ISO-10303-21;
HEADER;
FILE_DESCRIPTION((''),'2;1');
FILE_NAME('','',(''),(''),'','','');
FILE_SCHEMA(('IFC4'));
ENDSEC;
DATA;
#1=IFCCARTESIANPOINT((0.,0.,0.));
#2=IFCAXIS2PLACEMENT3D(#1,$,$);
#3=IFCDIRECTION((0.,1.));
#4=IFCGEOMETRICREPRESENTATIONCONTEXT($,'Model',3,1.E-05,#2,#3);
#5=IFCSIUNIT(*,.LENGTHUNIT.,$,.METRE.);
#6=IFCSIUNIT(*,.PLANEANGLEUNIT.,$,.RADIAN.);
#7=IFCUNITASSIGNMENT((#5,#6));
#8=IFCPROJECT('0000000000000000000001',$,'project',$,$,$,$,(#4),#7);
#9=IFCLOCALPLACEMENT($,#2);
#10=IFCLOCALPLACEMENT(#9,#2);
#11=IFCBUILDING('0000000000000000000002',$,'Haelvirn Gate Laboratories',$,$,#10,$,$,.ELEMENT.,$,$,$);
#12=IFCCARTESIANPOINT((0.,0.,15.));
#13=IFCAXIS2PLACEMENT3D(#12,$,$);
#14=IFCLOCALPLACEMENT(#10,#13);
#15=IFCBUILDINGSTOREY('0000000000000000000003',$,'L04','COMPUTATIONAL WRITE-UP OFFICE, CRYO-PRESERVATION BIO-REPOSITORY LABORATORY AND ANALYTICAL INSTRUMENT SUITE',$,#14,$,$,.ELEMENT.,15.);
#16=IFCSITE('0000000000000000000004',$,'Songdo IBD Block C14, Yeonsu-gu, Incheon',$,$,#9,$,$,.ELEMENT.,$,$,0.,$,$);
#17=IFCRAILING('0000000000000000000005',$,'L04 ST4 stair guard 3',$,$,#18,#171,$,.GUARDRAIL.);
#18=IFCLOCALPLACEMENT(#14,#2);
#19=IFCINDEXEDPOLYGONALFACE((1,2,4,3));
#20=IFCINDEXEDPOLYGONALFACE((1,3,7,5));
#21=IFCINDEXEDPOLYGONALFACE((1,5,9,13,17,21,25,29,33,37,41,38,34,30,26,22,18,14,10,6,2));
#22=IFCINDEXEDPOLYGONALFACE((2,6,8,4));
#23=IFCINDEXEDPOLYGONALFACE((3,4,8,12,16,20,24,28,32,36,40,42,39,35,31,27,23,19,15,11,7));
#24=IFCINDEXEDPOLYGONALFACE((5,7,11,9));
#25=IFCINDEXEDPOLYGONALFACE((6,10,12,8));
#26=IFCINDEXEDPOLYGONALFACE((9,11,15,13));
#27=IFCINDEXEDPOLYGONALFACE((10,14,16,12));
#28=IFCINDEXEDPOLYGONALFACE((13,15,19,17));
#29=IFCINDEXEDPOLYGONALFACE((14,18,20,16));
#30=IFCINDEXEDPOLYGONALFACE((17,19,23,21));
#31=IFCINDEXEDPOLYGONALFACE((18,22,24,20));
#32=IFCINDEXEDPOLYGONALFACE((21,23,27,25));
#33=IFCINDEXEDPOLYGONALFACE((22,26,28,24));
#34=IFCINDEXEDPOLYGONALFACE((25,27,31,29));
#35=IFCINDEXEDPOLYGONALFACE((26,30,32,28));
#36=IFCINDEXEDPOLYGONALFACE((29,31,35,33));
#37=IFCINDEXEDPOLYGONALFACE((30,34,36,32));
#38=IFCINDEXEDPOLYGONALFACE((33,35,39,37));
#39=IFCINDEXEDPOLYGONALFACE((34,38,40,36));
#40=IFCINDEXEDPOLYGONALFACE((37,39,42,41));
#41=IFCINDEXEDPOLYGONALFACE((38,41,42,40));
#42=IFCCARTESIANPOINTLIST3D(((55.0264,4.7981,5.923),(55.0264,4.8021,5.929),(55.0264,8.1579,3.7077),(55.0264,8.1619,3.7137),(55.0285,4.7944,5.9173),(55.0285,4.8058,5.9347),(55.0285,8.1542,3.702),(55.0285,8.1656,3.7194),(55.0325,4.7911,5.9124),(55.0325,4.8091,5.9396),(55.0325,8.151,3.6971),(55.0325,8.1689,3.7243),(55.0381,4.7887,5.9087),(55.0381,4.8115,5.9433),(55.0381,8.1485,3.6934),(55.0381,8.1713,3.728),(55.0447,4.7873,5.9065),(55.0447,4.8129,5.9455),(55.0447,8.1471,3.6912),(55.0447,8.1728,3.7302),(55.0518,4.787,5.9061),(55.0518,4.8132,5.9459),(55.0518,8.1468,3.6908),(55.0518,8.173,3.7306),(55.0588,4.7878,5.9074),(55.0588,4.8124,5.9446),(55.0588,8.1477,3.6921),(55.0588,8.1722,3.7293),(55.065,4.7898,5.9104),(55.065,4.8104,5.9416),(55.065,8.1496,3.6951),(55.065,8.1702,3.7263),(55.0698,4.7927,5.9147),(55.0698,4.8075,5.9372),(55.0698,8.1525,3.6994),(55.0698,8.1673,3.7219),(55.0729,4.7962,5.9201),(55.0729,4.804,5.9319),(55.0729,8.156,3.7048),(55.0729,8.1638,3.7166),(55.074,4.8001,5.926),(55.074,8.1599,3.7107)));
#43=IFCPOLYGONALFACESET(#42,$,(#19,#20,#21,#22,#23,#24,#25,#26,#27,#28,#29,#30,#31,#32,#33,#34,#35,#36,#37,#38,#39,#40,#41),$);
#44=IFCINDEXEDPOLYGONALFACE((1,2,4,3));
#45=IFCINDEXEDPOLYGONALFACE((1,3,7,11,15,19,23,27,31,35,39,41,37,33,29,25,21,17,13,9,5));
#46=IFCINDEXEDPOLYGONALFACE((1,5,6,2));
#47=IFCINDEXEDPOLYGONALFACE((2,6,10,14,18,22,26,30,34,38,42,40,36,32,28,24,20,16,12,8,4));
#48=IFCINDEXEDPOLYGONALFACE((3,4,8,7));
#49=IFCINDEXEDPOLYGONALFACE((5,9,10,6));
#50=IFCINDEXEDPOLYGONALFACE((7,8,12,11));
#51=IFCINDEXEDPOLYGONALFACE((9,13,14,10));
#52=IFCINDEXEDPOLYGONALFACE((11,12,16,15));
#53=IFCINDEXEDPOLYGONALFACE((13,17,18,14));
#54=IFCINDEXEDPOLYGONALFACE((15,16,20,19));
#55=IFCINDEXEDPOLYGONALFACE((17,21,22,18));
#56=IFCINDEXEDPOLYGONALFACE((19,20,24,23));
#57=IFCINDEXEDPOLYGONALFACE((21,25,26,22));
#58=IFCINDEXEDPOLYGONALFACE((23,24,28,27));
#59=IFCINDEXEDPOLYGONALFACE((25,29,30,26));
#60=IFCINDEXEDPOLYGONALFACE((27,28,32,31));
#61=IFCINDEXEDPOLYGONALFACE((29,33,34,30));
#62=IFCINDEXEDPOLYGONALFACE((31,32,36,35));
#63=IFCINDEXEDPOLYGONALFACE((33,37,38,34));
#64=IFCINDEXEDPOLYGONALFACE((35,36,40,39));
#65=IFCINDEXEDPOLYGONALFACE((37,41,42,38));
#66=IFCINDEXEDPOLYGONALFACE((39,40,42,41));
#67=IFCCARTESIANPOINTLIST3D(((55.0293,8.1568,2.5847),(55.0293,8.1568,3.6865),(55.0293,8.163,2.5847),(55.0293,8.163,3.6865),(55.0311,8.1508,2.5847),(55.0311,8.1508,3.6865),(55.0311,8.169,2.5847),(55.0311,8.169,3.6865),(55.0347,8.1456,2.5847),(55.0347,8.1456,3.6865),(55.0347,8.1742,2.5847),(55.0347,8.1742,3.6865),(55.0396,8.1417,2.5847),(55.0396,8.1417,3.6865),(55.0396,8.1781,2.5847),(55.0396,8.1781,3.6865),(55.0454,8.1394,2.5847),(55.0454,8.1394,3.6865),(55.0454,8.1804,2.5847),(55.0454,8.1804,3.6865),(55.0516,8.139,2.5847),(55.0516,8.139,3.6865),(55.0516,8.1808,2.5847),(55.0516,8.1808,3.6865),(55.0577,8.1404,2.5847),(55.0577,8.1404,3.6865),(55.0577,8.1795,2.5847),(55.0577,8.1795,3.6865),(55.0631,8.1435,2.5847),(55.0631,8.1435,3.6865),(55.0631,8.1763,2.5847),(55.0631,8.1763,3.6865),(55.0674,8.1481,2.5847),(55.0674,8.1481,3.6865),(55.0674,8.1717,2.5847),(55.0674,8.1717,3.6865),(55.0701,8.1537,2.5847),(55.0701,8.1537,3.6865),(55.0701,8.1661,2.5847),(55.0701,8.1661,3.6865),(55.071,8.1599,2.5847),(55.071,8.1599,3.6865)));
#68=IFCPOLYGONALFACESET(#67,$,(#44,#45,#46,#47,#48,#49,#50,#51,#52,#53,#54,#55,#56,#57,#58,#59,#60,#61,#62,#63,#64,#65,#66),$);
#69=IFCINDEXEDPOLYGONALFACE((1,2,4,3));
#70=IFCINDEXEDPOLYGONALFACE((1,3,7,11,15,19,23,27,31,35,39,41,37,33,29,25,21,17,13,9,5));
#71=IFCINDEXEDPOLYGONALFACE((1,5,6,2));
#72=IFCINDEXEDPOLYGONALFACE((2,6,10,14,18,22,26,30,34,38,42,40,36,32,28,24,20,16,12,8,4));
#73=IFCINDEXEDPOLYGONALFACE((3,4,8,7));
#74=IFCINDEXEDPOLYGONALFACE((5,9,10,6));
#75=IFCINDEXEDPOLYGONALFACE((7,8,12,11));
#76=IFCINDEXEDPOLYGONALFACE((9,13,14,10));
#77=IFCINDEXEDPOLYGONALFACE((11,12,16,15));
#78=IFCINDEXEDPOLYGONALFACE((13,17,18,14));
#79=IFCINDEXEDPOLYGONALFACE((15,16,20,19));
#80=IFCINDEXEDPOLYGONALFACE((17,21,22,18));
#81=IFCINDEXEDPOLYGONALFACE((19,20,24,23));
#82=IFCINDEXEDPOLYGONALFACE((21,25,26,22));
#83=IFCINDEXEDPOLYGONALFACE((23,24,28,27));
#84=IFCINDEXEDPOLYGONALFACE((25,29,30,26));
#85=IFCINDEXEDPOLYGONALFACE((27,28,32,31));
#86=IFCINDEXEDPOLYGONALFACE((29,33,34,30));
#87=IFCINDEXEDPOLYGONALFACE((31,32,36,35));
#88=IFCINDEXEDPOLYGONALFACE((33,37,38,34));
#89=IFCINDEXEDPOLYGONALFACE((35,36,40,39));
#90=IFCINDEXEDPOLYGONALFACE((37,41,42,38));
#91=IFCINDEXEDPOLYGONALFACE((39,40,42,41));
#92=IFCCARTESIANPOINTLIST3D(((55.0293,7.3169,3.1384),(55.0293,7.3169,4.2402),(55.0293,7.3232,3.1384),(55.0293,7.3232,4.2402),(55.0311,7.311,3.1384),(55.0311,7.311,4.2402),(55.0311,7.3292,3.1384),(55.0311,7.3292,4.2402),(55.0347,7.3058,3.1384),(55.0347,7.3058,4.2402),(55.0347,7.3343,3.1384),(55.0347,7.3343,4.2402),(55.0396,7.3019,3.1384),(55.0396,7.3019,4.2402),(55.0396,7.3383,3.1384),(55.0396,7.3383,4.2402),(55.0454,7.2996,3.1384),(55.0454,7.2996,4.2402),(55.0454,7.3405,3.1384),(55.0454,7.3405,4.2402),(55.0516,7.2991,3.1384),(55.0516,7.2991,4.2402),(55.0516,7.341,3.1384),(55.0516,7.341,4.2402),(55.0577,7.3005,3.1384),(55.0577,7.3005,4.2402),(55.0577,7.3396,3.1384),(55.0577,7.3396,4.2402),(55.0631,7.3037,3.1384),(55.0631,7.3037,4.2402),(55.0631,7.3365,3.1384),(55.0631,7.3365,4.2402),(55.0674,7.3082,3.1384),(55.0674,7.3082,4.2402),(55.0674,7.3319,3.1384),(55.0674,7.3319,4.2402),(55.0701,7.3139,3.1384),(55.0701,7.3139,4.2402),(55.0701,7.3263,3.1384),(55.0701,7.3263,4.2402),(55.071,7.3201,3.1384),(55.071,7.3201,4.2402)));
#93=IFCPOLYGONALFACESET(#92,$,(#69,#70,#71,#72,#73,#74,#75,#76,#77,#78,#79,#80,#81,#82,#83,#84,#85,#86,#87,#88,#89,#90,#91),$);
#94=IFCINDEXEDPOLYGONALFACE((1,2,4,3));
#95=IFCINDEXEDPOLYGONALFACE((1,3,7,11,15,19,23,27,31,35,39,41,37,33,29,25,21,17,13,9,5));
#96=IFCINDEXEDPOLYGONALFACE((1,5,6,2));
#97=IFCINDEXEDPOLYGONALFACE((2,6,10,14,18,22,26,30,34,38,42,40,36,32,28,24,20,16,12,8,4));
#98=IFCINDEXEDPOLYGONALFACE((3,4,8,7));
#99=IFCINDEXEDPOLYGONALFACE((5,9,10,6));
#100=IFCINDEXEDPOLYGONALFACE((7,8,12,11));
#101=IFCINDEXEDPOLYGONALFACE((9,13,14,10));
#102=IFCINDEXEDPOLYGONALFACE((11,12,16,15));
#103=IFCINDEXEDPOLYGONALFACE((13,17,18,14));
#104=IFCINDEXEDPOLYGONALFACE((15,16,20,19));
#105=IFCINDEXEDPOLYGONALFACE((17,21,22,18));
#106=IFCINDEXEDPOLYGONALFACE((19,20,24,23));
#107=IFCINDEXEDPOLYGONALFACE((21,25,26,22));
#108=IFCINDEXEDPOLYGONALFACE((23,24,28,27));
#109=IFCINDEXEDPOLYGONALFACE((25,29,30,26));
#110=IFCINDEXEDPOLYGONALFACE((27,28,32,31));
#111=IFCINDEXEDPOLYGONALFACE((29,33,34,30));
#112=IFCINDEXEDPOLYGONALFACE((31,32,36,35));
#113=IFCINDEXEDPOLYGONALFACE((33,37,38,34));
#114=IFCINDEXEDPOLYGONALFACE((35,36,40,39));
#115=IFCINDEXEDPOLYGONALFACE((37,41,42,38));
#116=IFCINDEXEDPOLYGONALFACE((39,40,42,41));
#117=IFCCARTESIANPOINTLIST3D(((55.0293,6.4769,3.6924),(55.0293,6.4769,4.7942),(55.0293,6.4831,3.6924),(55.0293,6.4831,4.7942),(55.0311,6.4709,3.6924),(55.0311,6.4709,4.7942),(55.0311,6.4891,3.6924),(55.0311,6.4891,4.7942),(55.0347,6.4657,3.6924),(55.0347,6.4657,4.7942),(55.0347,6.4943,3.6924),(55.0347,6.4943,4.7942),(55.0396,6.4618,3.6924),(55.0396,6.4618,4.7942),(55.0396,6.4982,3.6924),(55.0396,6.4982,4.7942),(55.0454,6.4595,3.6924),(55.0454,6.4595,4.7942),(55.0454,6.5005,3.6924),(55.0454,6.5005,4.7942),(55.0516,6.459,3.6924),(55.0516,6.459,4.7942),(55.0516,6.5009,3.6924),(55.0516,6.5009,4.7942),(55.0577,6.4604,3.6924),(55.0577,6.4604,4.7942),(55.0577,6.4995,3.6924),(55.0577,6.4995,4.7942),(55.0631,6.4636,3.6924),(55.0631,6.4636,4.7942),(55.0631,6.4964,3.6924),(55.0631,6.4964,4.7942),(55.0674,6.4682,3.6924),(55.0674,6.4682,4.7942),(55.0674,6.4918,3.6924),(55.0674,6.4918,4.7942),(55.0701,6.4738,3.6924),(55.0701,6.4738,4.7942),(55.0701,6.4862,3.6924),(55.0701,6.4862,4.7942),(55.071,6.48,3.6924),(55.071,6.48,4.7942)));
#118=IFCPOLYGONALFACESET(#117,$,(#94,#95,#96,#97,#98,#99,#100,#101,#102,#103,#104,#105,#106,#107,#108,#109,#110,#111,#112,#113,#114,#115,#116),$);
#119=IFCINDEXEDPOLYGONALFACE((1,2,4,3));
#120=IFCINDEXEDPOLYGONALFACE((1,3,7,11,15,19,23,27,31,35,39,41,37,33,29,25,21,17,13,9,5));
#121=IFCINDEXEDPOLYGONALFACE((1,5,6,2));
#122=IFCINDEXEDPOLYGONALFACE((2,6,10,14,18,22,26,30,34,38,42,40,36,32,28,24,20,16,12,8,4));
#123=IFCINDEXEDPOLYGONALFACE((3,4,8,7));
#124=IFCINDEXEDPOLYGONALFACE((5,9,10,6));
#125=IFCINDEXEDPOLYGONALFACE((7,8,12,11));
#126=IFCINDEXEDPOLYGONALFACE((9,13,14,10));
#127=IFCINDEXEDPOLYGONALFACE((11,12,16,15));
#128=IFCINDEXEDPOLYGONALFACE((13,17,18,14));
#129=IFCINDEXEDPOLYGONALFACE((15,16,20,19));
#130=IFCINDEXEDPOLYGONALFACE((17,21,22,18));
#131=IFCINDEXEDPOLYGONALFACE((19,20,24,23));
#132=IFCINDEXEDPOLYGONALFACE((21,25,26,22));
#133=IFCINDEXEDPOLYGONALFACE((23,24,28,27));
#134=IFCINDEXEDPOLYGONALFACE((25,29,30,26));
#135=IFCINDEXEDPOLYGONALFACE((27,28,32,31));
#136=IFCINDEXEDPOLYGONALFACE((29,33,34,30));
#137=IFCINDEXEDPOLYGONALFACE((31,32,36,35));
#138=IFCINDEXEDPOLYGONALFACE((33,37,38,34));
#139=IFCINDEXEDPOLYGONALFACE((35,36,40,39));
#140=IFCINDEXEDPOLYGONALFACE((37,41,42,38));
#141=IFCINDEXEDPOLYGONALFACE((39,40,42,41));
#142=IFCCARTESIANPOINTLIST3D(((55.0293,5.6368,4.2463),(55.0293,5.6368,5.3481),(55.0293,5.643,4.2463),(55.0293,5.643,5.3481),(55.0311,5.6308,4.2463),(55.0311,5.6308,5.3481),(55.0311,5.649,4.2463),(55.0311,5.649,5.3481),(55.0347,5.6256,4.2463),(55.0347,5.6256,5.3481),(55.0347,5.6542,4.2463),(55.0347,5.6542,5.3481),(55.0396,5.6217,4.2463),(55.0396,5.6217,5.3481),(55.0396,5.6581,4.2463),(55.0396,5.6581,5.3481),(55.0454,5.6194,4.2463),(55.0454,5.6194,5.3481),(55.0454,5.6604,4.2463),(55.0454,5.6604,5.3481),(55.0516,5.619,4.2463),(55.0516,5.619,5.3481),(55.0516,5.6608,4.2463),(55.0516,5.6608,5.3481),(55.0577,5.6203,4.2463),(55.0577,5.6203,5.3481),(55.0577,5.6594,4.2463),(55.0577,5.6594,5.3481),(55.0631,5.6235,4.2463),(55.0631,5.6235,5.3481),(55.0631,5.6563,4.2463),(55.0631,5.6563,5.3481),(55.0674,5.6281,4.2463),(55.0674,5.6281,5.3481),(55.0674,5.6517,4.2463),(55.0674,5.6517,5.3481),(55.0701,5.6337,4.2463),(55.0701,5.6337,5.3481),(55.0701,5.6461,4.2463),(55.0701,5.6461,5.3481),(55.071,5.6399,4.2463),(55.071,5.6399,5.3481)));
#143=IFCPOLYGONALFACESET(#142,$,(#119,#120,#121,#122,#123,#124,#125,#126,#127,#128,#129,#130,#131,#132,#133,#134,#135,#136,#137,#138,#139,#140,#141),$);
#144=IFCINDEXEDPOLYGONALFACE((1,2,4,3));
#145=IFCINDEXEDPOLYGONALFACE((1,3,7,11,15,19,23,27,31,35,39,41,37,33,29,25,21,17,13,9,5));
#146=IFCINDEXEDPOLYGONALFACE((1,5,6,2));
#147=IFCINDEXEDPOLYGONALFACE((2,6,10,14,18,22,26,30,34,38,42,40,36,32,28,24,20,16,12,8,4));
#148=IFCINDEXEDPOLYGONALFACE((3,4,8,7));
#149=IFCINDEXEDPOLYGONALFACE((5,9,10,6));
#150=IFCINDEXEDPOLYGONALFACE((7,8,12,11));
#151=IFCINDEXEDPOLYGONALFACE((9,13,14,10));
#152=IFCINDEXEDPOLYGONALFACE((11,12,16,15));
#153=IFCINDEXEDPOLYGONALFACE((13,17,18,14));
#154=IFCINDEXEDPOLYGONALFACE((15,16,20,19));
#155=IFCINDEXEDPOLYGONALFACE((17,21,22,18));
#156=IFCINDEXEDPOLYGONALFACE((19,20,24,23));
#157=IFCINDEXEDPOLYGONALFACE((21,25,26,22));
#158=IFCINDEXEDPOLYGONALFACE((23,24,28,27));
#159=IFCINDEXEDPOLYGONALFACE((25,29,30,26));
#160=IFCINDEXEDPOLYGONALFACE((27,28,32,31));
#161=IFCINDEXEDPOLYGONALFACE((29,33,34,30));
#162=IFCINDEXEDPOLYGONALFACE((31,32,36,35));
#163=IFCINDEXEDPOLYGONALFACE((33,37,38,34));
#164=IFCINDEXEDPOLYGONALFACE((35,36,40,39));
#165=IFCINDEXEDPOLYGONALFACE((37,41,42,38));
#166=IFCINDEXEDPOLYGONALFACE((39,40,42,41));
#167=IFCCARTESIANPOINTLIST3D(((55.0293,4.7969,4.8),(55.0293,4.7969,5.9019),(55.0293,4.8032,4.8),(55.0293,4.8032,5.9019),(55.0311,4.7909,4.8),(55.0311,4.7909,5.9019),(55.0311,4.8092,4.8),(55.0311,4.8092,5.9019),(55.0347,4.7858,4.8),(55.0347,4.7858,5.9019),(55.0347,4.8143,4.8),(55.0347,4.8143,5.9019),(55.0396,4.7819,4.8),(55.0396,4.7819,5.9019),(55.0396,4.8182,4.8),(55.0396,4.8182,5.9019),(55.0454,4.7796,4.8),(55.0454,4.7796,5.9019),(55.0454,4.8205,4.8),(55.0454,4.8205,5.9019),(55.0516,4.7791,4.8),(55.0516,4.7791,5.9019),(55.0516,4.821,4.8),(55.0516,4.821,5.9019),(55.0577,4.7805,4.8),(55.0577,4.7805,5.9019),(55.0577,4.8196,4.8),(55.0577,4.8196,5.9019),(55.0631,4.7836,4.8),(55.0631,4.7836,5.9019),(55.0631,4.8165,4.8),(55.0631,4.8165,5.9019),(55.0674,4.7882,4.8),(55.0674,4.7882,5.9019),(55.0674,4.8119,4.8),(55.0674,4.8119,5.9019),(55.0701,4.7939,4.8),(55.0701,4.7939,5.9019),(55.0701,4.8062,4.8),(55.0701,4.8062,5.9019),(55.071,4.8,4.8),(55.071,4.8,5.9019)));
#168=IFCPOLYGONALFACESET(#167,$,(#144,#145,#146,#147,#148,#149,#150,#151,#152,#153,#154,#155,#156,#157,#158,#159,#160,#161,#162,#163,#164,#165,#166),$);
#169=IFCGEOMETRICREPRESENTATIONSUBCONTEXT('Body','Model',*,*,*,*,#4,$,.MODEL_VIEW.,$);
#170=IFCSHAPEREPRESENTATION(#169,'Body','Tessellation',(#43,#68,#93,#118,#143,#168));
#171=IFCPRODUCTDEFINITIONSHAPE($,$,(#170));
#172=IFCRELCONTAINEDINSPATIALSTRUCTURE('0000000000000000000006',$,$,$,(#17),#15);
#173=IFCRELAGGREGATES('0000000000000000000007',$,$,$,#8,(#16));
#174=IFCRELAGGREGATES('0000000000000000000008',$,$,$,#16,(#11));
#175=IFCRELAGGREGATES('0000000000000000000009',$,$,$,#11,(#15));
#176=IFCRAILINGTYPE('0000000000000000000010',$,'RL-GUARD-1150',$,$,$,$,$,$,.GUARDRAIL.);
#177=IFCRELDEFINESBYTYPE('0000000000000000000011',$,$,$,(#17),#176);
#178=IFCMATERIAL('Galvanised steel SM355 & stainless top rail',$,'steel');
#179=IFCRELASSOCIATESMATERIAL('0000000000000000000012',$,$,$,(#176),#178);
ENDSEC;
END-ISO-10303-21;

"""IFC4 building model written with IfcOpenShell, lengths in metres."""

from ifc_helpers import new_model, si_unit, direction, frame, origin, origin_2d, place, context, subcontext, project, spatial, circle, extrude, source, transform, mapped, material, type_object, element, save


model = new_model("IFC4")

# Units and contexts
model_context = context("Model", 3, precision=1e-05, world=origin(), true_north=direction((0.0, 1.0)))
body_context = subcontext(model_context, "Body", "Model", "MODEL_VIEW")
ifc_project = project(units=[si_unit("LENGTHUNIT", "METRE"), si_unit("PLANEANGLEUNIT", "RADIAN")], contexts=[model_context])

# Site, building, storey
site_placement = place(None, origin())
site = spatial("IfcSite", under=ifc_project, at=site_placement, Name="Songdo IBD Block C14, Yeonsu-gu, Incheon", CompositionType="ELEMENT", RefElevation=0.0)
building_placement = place(site_placement, origin())
building = spatial("IfcBuilding", under=site, at=building_placement, Name="Haelvirn Gate Laboratories", CompositionType="ELEMENT")
storey_placement = place(building_placement, frame((0.0, 0.0, 15.0)))
storey = spatial("IfcBuildingStorey", under=building, at=storey_placement, Name="L04", Description="COMPUTATIONAL WRITE-UP OFFICE, CRYO-PRESERVATION BIO-REPOSITORY LABORATORY AND ANALYTICAL INSTRUMENT SUITE", CompositionType="ELEMENT", Elevation=15.0)

# Railing
ifc_material_1 = material(Name="Galvanised steel SM355 & stainless top rail", Category="steel")
railing_type_1 = type_object("IfcRailingType", Name="RL-GUARD-1150", PredefinedType="GUARDRAIL", material=ifc_material_1)
shared_shape_1 = source(origin(), body_context, "Body", "SweptSolid", [
    extrude(circle(Radius=0.0239, at=origin_2d()), frame((0.0, 0.0, 1.126), z_axis=(0.0, -0.834858, 0.550465), x_axis=(1.0, 0.0, 0.0)), (0.0, 0.0, 1.0), 4.0244),
    extrude(circle(Radius=0.021, at=origin_2d()), origin(), (0.0, 0.0, 1.0), 1.1018),
    extrude(circle(Radius=0.021, at=origin_2d()), frame((0.0, -0.8398, 0.5537)), (0.0, 0.0, 1.0), 1.1018),
    extrude(circle(Radius=0.021, at=origin_2d()), frame((0.0, -1.6799, 1.1077)), (0.0, 0.0, 1.0), 1.1018),
    extrude(circle(Radius=0.021, at=origin_2d()), frame((0.0, -2.52, 1.6616)), (0.0, 0.0, 1.0), 1.1018),
    extrude(circle(Radius=0.021, at=origin_2d()), frame((0.0, -3.3599, 2.2153)), (0.0, 0.0, 1.0), 1.1018),
])
railing_1_placement = place(storey_placement, frame((55.05, 8.1599, 2.5847)))
element("IfcRailing", 1, at=railing_1_placement, inside=storey, type_object=railing_type_1, Name="L04 ST4 stair guard 3", PredefinedType="GUARDRAIL", context=body_context, shape_type="MappedRepresentation", body=[
    mapped(shared_shape_1, transform((0.0, 0.0, 0.0), scale=1.0)),
])

save(model, "model.ifc")
